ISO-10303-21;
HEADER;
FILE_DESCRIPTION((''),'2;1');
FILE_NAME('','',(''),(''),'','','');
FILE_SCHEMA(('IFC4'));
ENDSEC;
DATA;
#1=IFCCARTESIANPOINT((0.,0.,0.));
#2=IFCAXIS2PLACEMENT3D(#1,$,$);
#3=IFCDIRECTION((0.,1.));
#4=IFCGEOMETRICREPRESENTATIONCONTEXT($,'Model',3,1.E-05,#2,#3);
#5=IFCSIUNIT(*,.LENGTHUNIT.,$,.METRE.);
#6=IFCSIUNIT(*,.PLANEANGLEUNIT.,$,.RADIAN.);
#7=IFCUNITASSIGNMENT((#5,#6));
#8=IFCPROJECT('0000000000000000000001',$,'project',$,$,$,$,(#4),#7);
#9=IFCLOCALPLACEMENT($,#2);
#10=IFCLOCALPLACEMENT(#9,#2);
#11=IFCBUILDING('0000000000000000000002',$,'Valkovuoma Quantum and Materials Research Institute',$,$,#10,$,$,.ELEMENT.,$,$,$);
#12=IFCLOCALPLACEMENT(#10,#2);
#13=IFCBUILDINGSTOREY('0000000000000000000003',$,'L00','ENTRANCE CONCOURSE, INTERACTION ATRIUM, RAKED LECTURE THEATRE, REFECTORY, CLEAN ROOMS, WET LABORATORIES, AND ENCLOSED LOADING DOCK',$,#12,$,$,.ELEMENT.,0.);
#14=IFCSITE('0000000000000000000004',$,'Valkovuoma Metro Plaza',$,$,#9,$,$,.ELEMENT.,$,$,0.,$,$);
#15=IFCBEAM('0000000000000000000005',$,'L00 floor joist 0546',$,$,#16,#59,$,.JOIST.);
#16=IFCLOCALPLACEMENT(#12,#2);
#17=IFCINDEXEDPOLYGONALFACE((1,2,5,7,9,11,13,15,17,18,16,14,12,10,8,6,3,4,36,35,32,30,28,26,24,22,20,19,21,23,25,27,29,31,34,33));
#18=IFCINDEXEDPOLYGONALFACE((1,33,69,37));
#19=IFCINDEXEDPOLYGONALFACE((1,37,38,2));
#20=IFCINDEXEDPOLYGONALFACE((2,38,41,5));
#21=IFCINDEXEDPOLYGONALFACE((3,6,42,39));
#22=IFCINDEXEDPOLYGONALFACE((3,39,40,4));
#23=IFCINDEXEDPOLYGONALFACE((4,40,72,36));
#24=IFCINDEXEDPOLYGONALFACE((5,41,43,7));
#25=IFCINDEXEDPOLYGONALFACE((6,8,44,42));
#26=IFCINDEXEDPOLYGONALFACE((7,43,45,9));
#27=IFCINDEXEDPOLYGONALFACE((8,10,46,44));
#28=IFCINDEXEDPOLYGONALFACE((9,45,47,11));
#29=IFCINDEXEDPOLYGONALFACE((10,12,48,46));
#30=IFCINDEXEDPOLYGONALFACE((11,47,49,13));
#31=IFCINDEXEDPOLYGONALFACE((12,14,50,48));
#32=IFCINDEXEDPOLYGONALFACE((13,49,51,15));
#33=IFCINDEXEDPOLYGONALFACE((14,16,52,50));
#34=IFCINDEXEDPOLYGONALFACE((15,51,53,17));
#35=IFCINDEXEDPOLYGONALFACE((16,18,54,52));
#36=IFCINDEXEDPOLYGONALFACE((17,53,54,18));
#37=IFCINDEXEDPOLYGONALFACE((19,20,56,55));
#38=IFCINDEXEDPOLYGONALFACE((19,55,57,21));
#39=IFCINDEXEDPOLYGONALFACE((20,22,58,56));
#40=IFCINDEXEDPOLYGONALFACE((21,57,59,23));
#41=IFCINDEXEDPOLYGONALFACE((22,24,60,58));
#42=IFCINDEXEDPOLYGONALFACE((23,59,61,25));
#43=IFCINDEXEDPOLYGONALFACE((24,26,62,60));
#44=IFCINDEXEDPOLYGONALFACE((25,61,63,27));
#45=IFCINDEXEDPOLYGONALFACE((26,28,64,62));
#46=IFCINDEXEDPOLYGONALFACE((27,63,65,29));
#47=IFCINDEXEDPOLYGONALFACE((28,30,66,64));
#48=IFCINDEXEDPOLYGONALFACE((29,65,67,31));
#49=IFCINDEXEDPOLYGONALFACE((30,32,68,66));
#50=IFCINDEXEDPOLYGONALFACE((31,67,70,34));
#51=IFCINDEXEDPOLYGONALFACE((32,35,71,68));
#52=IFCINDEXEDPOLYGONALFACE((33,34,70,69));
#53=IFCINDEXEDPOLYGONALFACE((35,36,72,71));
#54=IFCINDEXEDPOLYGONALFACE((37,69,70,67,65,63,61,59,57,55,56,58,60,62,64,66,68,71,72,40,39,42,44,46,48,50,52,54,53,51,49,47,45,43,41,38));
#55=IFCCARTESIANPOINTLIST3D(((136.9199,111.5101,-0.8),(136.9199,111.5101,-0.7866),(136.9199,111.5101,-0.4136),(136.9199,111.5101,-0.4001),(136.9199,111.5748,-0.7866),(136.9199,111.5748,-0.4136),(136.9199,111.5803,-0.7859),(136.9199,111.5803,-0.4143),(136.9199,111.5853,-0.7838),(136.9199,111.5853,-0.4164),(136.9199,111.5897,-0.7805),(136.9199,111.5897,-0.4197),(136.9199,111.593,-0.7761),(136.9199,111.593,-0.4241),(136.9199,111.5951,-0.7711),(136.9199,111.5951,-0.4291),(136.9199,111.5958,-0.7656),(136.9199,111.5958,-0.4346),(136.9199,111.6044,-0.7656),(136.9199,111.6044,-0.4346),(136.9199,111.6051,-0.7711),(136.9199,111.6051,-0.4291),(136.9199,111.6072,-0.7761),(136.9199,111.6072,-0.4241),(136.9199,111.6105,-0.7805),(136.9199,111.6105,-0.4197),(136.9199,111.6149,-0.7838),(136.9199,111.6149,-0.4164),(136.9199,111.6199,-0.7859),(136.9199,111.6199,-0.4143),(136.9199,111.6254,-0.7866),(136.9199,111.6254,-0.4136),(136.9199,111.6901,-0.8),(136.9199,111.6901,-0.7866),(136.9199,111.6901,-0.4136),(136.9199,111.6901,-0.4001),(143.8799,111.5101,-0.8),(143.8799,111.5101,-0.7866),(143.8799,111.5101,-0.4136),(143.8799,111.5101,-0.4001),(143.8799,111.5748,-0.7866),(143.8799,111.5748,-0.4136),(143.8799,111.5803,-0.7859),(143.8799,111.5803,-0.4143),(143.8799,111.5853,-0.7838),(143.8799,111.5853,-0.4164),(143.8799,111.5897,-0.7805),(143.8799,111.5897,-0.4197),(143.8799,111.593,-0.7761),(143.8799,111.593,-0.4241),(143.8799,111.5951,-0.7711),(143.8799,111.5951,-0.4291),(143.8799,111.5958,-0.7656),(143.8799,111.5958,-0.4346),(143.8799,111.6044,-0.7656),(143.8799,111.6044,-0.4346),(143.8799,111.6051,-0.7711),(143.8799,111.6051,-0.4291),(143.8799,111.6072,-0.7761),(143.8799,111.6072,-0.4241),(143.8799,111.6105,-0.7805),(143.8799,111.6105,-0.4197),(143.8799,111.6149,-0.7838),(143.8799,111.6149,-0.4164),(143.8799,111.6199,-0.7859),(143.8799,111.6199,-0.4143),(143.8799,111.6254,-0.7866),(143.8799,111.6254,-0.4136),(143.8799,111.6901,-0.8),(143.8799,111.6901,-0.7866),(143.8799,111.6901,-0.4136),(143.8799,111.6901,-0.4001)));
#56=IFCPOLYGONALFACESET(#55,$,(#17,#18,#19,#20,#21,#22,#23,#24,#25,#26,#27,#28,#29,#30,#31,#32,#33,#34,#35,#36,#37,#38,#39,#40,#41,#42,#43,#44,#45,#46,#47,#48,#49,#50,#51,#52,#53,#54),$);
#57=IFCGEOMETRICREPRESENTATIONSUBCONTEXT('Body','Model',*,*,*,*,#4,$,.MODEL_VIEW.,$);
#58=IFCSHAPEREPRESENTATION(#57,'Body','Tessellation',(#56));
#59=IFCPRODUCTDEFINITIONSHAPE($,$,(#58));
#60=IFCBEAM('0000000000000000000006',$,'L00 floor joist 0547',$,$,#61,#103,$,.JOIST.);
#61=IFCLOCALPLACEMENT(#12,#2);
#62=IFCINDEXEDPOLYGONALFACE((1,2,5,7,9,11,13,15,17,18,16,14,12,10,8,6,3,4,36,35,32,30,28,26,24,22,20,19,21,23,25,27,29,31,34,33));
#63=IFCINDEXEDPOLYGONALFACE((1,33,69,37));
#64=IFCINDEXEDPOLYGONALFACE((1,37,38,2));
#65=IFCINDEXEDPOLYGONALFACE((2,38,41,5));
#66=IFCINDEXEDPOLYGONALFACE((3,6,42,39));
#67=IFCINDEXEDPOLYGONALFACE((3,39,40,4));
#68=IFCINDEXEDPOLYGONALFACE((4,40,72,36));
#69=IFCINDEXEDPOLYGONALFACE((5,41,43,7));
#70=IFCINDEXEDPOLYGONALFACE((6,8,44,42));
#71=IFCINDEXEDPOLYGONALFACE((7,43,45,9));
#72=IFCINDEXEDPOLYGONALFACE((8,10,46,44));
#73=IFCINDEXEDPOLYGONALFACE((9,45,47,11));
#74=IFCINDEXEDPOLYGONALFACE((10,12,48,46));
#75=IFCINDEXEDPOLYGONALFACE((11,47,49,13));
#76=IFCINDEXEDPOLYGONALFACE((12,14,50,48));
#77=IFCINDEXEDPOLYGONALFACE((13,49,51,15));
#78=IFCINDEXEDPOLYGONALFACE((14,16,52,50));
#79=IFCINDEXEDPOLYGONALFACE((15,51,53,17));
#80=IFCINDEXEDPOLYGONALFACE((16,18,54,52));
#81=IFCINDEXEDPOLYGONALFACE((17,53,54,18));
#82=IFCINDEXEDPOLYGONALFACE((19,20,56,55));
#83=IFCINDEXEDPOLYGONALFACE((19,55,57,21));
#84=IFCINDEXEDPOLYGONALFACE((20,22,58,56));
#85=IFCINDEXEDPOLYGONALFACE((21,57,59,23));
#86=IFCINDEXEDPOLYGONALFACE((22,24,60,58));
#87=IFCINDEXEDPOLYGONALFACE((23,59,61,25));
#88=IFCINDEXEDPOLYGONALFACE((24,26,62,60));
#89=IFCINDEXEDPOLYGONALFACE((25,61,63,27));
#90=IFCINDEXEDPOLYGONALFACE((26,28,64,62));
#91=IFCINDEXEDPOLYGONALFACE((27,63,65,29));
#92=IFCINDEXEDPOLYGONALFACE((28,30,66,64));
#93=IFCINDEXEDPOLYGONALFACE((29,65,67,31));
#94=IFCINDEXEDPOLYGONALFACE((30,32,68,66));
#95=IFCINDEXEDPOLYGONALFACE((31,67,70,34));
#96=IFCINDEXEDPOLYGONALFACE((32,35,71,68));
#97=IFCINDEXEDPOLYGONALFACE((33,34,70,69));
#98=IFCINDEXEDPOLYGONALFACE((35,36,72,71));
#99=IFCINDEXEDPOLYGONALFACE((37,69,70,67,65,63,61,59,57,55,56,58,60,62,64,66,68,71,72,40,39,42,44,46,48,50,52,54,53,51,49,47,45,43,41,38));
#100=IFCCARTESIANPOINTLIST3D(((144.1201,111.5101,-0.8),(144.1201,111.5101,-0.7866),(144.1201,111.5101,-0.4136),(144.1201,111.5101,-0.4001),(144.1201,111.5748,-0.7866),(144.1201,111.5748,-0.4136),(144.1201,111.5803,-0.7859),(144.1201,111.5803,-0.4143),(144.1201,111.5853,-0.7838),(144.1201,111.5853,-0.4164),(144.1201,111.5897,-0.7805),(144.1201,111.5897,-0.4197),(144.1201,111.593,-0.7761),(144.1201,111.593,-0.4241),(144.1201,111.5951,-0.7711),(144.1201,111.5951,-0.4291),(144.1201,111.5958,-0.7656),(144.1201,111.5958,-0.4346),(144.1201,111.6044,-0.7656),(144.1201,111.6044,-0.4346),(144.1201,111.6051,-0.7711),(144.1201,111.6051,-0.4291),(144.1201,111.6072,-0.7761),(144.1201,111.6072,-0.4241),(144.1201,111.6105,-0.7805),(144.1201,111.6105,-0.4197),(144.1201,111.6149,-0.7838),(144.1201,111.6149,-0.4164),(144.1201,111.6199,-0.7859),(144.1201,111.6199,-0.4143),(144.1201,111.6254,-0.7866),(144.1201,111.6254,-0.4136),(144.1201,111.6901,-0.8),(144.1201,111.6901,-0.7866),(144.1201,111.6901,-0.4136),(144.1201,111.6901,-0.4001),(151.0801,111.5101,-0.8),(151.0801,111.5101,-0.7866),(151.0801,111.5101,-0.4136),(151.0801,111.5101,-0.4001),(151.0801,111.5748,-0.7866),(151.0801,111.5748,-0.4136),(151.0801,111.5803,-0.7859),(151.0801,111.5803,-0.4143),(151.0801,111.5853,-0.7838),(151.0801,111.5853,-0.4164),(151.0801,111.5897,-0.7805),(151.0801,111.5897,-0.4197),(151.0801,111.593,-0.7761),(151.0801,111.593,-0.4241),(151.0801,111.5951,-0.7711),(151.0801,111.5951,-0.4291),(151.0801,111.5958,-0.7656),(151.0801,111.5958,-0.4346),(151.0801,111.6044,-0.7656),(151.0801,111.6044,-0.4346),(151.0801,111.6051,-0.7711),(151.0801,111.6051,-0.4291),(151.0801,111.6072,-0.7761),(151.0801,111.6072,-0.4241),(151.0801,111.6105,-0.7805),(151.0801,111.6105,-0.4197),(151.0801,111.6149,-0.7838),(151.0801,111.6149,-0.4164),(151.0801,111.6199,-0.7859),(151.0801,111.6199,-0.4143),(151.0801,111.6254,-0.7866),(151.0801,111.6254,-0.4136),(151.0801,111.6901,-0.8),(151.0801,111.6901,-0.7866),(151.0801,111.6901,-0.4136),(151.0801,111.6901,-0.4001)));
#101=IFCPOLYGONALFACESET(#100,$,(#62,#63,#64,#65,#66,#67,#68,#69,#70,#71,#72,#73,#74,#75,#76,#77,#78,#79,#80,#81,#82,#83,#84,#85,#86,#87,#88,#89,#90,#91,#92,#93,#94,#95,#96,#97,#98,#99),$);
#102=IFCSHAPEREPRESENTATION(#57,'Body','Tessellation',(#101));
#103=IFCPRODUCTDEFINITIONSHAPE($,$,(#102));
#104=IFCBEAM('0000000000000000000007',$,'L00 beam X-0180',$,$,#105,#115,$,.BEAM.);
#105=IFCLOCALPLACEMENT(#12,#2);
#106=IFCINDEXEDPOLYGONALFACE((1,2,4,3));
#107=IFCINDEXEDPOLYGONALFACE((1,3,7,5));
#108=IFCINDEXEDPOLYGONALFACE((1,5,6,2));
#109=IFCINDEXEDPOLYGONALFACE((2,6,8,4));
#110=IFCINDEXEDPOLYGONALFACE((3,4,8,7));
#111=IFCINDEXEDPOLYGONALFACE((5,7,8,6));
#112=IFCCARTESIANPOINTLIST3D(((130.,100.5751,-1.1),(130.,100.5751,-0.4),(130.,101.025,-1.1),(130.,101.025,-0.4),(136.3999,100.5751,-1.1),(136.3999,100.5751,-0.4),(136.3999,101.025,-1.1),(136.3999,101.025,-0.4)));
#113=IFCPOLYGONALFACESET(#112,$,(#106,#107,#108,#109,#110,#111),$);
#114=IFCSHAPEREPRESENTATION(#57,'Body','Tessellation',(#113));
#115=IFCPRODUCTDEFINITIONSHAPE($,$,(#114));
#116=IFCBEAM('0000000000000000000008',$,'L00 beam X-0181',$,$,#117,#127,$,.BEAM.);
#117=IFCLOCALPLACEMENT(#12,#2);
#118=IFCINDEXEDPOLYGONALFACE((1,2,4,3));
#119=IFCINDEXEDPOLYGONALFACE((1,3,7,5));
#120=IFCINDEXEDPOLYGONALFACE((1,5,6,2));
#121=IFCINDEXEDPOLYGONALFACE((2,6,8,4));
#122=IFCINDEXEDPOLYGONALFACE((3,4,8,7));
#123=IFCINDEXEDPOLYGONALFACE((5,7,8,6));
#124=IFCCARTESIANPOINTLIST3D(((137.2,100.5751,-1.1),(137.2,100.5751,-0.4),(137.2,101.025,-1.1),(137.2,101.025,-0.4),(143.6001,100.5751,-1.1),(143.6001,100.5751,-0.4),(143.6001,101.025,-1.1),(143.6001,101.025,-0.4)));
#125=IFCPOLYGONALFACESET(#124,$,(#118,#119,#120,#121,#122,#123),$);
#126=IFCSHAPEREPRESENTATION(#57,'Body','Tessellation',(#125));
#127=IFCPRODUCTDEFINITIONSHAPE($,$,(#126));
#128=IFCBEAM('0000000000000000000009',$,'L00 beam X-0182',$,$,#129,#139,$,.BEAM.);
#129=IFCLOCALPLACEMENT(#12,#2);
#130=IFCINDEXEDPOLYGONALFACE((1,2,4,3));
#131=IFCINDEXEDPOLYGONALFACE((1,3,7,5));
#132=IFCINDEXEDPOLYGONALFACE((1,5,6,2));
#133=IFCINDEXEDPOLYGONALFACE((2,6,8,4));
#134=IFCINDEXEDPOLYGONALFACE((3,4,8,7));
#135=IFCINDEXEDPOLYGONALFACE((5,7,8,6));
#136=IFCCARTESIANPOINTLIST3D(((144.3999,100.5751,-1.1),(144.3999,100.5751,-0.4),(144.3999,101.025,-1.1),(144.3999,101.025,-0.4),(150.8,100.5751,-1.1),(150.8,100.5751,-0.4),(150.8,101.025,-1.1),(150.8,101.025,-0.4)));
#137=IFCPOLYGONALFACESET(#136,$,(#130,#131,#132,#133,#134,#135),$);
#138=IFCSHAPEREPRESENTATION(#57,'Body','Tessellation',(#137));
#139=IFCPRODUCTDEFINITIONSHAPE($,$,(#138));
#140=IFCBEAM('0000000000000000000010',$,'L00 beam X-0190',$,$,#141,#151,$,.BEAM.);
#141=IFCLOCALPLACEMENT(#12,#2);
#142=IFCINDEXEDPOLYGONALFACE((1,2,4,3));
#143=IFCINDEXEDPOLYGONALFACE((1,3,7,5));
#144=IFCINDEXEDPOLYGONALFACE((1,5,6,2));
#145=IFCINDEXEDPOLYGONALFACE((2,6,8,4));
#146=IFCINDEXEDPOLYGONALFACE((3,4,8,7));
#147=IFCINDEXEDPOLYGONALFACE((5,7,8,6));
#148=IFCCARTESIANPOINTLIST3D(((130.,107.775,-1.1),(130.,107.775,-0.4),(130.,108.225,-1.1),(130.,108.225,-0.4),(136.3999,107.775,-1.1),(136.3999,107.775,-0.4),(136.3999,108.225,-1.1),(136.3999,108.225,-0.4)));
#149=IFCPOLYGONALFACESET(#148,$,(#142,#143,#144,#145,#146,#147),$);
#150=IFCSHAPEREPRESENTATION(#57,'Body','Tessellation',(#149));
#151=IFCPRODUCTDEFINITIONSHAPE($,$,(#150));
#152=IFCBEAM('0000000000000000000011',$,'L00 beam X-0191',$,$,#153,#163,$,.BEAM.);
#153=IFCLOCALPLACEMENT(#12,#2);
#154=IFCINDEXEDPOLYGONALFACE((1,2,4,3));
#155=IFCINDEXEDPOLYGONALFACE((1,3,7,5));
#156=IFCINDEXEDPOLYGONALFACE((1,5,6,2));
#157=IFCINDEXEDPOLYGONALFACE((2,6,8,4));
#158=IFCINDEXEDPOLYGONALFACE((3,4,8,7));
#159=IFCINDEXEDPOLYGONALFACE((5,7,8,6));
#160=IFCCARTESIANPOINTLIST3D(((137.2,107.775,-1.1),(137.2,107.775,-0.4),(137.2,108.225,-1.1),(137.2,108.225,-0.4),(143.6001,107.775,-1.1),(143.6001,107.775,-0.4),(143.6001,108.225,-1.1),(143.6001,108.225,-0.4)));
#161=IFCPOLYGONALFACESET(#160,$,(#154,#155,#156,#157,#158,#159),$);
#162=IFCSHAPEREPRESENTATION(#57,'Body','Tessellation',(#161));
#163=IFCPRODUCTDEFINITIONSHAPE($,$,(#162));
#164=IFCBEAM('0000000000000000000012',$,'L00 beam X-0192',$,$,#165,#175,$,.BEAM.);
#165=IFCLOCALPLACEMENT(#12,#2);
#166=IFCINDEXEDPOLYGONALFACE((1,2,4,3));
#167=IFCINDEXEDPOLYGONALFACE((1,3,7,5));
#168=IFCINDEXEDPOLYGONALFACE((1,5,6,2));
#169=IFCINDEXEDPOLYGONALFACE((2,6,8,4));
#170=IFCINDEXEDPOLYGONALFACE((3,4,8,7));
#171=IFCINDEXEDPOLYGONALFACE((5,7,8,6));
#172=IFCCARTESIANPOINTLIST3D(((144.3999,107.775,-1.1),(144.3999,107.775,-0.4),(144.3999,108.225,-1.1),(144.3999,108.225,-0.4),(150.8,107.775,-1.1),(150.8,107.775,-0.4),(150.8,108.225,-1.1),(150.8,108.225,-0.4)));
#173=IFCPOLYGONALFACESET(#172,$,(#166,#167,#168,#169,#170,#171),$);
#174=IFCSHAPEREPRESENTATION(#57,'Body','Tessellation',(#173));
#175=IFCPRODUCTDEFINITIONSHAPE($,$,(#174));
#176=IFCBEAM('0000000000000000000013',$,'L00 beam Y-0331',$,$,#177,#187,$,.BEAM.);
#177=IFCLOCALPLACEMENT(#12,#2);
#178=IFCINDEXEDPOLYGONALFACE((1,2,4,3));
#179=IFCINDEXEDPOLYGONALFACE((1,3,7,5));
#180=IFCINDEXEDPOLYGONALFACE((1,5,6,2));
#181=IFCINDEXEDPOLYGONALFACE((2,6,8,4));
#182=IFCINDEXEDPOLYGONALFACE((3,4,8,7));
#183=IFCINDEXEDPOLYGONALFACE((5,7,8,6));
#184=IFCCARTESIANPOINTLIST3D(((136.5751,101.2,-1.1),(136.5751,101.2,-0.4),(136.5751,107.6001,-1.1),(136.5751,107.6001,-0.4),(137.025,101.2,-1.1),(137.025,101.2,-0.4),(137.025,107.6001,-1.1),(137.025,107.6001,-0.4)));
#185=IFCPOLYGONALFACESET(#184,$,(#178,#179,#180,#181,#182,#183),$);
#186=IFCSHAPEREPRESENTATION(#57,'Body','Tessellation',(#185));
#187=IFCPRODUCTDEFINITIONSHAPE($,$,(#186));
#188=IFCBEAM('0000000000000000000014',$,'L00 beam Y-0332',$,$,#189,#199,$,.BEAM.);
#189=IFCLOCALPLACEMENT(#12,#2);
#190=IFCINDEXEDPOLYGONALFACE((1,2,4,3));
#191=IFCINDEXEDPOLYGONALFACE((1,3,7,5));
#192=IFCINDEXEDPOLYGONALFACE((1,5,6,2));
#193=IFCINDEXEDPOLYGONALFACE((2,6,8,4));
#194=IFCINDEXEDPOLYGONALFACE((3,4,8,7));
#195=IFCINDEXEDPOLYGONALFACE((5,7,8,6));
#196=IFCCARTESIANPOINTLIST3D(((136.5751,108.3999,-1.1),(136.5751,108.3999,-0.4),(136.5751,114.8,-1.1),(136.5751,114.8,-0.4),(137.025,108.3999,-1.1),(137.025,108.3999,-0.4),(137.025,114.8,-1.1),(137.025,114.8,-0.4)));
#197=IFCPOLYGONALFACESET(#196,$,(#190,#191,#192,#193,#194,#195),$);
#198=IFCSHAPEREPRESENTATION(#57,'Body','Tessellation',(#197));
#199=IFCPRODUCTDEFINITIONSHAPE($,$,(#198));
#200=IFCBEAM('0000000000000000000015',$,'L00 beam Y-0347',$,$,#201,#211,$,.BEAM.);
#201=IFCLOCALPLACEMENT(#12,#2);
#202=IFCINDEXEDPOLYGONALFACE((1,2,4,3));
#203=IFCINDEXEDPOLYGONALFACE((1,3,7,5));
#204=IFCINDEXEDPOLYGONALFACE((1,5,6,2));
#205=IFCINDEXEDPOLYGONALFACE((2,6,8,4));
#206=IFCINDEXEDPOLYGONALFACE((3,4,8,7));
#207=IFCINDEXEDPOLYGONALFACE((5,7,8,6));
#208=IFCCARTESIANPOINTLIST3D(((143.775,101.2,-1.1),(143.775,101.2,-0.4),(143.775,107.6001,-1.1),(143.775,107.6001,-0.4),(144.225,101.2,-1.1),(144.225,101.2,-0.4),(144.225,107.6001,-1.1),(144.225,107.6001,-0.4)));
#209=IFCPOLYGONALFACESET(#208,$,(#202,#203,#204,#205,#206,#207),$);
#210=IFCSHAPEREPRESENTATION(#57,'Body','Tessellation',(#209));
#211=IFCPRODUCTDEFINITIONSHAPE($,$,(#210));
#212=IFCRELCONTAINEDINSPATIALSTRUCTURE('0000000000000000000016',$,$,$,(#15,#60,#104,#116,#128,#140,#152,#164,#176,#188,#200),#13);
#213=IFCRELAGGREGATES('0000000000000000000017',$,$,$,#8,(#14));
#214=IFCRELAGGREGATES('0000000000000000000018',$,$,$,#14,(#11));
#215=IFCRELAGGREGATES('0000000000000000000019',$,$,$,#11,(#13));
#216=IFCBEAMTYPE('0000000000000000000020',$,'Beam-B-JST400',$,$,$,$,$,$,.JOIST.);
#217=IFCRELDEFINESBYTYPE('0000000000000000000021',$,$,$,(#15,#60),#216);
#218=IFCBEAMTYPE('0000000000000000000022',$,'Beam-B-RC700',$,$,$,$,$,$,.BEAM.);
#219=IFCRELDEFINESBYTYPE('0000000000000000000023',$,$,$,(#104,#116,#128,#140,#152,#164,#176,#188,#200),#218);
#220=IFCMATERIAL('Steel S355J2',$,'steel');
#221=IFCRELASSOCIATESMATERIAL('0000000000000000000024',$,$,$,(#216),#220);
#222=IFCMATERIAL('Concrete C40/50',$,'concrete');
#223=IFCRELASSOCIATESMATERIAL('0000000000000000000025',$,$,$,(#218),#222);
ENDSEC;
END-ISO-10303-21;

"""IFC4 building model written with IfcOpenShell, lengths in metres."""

from ifc_helpers import new_model, si_unit, direction, frame, origin, origin_2d, place, context, subcontext, project, spatial, rectangle, i_section, extrude, material, material_profile, profile_set, type_object, element, save


model = new_model("IFC4")

# Units and contexts
model_context = context("Model", 3, precision=1e-05, world=origin(), true_north=direction((0.0, 1.0)))
body_context = subcontext(model_context, "Body", "Model", "MODEL_VIEW")
ifc_project = project(units=[si_unit("LENGTHUNIT", "METRE"), si_unit("PLANEANGLEUNIT", "RADIAN")], contexts=[model_context])

# Site, building, storey
site_placement = place(None, origin())
site = spatial("IfcSite", under=ifc_project, at=site_placement, Name="Valkovuoma Metro Plaza", CompositionType="ELEMENT", RefElevation=0.0)
building_placement = place(site_placement, origin())
building = spatial("IfcBuilding", under=site, at=building_placement, Name="Valkovuoma Quantum and Materials Research Institute", CompositionType="ELEMENT")
storey_placement = place(building_placement, origin())
storey = spatial("IfcBuildingStorey", under=building, at=storey_placement, Name="L00", Description="ENTRANCE CONCOURSE, INTERACTION ATRIUM, RAKED LECTURE THEATRE, REFECTORY, CLEAN ROOMS, WET LABORATORIES, AND ENCLOSED LOADING DOCK", CompositionType="ELEMENT", Elevation=0.0)

# Beams
ifc_material_1 = material(Name="Steel S355J2", Category="steel")
ifc_material_profile_1 = material_profile(ifc_material_1, i_section(OverallWidth=0.1799, OverallDepth=0.3999, WebThickness=0.0085, FlangeThickness=0.0134, FilletRadius=0.021, at=origin_2d()), Name="Steel S355J2")
ifc_profile_set_1 = profile_set([ifc_material_profile_1], Name="Steel S355J2")
beam_type_1 = type_object("IfcBeamType", Name="Beam-B-JST400", PredefinedType="JOIST", material=ifc_profile_set_1)
for number, where, z_axis, x_axis, name in (
    (1, (136.9199, 111.6001, -0.6001), (1.0, 0.0, 0.0), (0.0, 1.0, 0.0), "L00 floor joist 0546"),
    (2, (144.1201, 111.6001, -0.6001), (1.0, 0.0, 0.0), (0.0, 1.0, 0.0), "L00 floor joist 0547"),
):
    element("IfcBeam", number, at=place(storey_placement, frame(where, z_axis=z_axis, x_axis=x_axis)), inside=storey, type_object=beam_type_1, Name=name, PredefinedType="JOIST", context=body_context, shape_type="SweptSolid", body=[
        extrude(i_section(OverallWidth=0.1799, OverallDepth=0.3999, WebThickness=0.0085, FlangeThickness=0.0134, FilletRadius=0.021, at=origin_2d()), origin(), (0.0, 0.0, 1.0), 6.96),
    ])
ifc_material_2 = material(Name="Concrete C40/50", Category="concrete")
ifc_material_profile_2 = material_profile(ifc_material_2, rectangle(XDim=0.45, YDim=0.7, at=origin_2d()), Name="Concrete C40/50")
ifc_profile_set_2 = profile_set([ifc_material_profile_2], Name="Concrete C40/50")
beam_type_2 = type_object("IfcBeamType", Name="Beam-B-RC700", PredefinedType="BEAM", material=ifc_profile_set_2)
beam_1_placement = place(storey_placement, frame((130.0, 100.8, -0.75), z_axis=(1.0, 0.0, 0.0), x_axis=(0.0, 1.0, 0.0)))
element("IfcBeam", 3, at=beam_1_placement, inside=storey, type_object=beam_type_2, Name="L00 beam X-0180", PredefinedType="BEAM", context=body_context, shape_type="SweptSolid", body=[
    extrude(rectangle(XDim=0.45, YDim=0.7, at=origin_2d()), origin(), (0.0, 0.0, 1.0), 6.3999),
])
for number, where, z_axis, x_axis, name in (
    (4, (137.2, 100.8, -0.75), (1.0, 0.0, 0.0), (0.0, 1.0, 0.0), "L00 beam X-0181"),
    (5, (144.3999, 100.8, -0.75), (1.0, 0.0, 0.0), (0.0, 1.0, 0.0), "L00 beam X-0182"),
):
    element("IfcBeam", number, at=place(storey_placement, frame(where, z_axis=z_axis, x_axis=x_axis)), inside=storey, type_object=beam_type_2, Name=name, PredefinedType="BEAM", context=body_context, shape_type="SweptSolid", body=[
        extrude(rectangle(XDim=0.45, YDim=0.7, at=origin_2d()), origin(), (0.0, 0.0, 1.0), 6.4001),
    ])
beam_2_placement = place(storey_placement, frame((130.0, 108.0, -0.75), z_axis=(1.0, 0.0, 0.0), x_axis=(0.0, 1.0, 0.0)))
element("IfcBeam", 6, at=beam_2_placement, inside=storey, type_object=beam_type_2, Name="L00 beam X-0190", PredefinedType="BEAM", context=body_context, shape_type="SweptSolid", body=[
    extrude(rectangle(XDim=0.45, YDim=0.7, at=origin_2d()), origin(), (0.0, 0.0, 1.0), 6.3999),
])
for number, where, z_axis, x_axis, name in (
    (7, (137.2, 108.0, -0.75), (1.0, 0.0, 0.0), (0.0, 1.0, 0.0), "L00 beam X-0191"),
    (8, (144.3999, 108.0, -0.75), (1.0, 0.0, 0.0), (0.0, 1.0, 0.0), "L00 beam X-0192"),
    (9, (136.8, 101.2, -0.75), (0.0, 1.0, 0.0), (-1.0, 0.0, 0.0), "L00 beam Y-0331"),
    (10, (136.8, 108.3999, -0.75), (0.0, 1.0, 0.0), (-1.0, 0.0, 0.0), "L00 beam Y-0332"),
    (11, (144.0, 101.2, -0.75), (0.0, 1.0, 0.0), (-1.0, 0.0, 0.0), "L00 beam Y-0347"),
):
    element("IfcBeam", number, at=place(storey_placement, frame(where, z_axis=z_axis, x_axis=x_axis)), inside=storey, type_object=beam_type_2, Name=name, PredefinedType="BEAM", context=body_context, shape_type="SweptSolid", body=[
        extrude(rectangle(XDim=0.45, YDim=0.7, at=origin_2d()), origin(), (0.0, 0.0, 1.0), 6.4001),
    ])

save(model, "model.ifc")
